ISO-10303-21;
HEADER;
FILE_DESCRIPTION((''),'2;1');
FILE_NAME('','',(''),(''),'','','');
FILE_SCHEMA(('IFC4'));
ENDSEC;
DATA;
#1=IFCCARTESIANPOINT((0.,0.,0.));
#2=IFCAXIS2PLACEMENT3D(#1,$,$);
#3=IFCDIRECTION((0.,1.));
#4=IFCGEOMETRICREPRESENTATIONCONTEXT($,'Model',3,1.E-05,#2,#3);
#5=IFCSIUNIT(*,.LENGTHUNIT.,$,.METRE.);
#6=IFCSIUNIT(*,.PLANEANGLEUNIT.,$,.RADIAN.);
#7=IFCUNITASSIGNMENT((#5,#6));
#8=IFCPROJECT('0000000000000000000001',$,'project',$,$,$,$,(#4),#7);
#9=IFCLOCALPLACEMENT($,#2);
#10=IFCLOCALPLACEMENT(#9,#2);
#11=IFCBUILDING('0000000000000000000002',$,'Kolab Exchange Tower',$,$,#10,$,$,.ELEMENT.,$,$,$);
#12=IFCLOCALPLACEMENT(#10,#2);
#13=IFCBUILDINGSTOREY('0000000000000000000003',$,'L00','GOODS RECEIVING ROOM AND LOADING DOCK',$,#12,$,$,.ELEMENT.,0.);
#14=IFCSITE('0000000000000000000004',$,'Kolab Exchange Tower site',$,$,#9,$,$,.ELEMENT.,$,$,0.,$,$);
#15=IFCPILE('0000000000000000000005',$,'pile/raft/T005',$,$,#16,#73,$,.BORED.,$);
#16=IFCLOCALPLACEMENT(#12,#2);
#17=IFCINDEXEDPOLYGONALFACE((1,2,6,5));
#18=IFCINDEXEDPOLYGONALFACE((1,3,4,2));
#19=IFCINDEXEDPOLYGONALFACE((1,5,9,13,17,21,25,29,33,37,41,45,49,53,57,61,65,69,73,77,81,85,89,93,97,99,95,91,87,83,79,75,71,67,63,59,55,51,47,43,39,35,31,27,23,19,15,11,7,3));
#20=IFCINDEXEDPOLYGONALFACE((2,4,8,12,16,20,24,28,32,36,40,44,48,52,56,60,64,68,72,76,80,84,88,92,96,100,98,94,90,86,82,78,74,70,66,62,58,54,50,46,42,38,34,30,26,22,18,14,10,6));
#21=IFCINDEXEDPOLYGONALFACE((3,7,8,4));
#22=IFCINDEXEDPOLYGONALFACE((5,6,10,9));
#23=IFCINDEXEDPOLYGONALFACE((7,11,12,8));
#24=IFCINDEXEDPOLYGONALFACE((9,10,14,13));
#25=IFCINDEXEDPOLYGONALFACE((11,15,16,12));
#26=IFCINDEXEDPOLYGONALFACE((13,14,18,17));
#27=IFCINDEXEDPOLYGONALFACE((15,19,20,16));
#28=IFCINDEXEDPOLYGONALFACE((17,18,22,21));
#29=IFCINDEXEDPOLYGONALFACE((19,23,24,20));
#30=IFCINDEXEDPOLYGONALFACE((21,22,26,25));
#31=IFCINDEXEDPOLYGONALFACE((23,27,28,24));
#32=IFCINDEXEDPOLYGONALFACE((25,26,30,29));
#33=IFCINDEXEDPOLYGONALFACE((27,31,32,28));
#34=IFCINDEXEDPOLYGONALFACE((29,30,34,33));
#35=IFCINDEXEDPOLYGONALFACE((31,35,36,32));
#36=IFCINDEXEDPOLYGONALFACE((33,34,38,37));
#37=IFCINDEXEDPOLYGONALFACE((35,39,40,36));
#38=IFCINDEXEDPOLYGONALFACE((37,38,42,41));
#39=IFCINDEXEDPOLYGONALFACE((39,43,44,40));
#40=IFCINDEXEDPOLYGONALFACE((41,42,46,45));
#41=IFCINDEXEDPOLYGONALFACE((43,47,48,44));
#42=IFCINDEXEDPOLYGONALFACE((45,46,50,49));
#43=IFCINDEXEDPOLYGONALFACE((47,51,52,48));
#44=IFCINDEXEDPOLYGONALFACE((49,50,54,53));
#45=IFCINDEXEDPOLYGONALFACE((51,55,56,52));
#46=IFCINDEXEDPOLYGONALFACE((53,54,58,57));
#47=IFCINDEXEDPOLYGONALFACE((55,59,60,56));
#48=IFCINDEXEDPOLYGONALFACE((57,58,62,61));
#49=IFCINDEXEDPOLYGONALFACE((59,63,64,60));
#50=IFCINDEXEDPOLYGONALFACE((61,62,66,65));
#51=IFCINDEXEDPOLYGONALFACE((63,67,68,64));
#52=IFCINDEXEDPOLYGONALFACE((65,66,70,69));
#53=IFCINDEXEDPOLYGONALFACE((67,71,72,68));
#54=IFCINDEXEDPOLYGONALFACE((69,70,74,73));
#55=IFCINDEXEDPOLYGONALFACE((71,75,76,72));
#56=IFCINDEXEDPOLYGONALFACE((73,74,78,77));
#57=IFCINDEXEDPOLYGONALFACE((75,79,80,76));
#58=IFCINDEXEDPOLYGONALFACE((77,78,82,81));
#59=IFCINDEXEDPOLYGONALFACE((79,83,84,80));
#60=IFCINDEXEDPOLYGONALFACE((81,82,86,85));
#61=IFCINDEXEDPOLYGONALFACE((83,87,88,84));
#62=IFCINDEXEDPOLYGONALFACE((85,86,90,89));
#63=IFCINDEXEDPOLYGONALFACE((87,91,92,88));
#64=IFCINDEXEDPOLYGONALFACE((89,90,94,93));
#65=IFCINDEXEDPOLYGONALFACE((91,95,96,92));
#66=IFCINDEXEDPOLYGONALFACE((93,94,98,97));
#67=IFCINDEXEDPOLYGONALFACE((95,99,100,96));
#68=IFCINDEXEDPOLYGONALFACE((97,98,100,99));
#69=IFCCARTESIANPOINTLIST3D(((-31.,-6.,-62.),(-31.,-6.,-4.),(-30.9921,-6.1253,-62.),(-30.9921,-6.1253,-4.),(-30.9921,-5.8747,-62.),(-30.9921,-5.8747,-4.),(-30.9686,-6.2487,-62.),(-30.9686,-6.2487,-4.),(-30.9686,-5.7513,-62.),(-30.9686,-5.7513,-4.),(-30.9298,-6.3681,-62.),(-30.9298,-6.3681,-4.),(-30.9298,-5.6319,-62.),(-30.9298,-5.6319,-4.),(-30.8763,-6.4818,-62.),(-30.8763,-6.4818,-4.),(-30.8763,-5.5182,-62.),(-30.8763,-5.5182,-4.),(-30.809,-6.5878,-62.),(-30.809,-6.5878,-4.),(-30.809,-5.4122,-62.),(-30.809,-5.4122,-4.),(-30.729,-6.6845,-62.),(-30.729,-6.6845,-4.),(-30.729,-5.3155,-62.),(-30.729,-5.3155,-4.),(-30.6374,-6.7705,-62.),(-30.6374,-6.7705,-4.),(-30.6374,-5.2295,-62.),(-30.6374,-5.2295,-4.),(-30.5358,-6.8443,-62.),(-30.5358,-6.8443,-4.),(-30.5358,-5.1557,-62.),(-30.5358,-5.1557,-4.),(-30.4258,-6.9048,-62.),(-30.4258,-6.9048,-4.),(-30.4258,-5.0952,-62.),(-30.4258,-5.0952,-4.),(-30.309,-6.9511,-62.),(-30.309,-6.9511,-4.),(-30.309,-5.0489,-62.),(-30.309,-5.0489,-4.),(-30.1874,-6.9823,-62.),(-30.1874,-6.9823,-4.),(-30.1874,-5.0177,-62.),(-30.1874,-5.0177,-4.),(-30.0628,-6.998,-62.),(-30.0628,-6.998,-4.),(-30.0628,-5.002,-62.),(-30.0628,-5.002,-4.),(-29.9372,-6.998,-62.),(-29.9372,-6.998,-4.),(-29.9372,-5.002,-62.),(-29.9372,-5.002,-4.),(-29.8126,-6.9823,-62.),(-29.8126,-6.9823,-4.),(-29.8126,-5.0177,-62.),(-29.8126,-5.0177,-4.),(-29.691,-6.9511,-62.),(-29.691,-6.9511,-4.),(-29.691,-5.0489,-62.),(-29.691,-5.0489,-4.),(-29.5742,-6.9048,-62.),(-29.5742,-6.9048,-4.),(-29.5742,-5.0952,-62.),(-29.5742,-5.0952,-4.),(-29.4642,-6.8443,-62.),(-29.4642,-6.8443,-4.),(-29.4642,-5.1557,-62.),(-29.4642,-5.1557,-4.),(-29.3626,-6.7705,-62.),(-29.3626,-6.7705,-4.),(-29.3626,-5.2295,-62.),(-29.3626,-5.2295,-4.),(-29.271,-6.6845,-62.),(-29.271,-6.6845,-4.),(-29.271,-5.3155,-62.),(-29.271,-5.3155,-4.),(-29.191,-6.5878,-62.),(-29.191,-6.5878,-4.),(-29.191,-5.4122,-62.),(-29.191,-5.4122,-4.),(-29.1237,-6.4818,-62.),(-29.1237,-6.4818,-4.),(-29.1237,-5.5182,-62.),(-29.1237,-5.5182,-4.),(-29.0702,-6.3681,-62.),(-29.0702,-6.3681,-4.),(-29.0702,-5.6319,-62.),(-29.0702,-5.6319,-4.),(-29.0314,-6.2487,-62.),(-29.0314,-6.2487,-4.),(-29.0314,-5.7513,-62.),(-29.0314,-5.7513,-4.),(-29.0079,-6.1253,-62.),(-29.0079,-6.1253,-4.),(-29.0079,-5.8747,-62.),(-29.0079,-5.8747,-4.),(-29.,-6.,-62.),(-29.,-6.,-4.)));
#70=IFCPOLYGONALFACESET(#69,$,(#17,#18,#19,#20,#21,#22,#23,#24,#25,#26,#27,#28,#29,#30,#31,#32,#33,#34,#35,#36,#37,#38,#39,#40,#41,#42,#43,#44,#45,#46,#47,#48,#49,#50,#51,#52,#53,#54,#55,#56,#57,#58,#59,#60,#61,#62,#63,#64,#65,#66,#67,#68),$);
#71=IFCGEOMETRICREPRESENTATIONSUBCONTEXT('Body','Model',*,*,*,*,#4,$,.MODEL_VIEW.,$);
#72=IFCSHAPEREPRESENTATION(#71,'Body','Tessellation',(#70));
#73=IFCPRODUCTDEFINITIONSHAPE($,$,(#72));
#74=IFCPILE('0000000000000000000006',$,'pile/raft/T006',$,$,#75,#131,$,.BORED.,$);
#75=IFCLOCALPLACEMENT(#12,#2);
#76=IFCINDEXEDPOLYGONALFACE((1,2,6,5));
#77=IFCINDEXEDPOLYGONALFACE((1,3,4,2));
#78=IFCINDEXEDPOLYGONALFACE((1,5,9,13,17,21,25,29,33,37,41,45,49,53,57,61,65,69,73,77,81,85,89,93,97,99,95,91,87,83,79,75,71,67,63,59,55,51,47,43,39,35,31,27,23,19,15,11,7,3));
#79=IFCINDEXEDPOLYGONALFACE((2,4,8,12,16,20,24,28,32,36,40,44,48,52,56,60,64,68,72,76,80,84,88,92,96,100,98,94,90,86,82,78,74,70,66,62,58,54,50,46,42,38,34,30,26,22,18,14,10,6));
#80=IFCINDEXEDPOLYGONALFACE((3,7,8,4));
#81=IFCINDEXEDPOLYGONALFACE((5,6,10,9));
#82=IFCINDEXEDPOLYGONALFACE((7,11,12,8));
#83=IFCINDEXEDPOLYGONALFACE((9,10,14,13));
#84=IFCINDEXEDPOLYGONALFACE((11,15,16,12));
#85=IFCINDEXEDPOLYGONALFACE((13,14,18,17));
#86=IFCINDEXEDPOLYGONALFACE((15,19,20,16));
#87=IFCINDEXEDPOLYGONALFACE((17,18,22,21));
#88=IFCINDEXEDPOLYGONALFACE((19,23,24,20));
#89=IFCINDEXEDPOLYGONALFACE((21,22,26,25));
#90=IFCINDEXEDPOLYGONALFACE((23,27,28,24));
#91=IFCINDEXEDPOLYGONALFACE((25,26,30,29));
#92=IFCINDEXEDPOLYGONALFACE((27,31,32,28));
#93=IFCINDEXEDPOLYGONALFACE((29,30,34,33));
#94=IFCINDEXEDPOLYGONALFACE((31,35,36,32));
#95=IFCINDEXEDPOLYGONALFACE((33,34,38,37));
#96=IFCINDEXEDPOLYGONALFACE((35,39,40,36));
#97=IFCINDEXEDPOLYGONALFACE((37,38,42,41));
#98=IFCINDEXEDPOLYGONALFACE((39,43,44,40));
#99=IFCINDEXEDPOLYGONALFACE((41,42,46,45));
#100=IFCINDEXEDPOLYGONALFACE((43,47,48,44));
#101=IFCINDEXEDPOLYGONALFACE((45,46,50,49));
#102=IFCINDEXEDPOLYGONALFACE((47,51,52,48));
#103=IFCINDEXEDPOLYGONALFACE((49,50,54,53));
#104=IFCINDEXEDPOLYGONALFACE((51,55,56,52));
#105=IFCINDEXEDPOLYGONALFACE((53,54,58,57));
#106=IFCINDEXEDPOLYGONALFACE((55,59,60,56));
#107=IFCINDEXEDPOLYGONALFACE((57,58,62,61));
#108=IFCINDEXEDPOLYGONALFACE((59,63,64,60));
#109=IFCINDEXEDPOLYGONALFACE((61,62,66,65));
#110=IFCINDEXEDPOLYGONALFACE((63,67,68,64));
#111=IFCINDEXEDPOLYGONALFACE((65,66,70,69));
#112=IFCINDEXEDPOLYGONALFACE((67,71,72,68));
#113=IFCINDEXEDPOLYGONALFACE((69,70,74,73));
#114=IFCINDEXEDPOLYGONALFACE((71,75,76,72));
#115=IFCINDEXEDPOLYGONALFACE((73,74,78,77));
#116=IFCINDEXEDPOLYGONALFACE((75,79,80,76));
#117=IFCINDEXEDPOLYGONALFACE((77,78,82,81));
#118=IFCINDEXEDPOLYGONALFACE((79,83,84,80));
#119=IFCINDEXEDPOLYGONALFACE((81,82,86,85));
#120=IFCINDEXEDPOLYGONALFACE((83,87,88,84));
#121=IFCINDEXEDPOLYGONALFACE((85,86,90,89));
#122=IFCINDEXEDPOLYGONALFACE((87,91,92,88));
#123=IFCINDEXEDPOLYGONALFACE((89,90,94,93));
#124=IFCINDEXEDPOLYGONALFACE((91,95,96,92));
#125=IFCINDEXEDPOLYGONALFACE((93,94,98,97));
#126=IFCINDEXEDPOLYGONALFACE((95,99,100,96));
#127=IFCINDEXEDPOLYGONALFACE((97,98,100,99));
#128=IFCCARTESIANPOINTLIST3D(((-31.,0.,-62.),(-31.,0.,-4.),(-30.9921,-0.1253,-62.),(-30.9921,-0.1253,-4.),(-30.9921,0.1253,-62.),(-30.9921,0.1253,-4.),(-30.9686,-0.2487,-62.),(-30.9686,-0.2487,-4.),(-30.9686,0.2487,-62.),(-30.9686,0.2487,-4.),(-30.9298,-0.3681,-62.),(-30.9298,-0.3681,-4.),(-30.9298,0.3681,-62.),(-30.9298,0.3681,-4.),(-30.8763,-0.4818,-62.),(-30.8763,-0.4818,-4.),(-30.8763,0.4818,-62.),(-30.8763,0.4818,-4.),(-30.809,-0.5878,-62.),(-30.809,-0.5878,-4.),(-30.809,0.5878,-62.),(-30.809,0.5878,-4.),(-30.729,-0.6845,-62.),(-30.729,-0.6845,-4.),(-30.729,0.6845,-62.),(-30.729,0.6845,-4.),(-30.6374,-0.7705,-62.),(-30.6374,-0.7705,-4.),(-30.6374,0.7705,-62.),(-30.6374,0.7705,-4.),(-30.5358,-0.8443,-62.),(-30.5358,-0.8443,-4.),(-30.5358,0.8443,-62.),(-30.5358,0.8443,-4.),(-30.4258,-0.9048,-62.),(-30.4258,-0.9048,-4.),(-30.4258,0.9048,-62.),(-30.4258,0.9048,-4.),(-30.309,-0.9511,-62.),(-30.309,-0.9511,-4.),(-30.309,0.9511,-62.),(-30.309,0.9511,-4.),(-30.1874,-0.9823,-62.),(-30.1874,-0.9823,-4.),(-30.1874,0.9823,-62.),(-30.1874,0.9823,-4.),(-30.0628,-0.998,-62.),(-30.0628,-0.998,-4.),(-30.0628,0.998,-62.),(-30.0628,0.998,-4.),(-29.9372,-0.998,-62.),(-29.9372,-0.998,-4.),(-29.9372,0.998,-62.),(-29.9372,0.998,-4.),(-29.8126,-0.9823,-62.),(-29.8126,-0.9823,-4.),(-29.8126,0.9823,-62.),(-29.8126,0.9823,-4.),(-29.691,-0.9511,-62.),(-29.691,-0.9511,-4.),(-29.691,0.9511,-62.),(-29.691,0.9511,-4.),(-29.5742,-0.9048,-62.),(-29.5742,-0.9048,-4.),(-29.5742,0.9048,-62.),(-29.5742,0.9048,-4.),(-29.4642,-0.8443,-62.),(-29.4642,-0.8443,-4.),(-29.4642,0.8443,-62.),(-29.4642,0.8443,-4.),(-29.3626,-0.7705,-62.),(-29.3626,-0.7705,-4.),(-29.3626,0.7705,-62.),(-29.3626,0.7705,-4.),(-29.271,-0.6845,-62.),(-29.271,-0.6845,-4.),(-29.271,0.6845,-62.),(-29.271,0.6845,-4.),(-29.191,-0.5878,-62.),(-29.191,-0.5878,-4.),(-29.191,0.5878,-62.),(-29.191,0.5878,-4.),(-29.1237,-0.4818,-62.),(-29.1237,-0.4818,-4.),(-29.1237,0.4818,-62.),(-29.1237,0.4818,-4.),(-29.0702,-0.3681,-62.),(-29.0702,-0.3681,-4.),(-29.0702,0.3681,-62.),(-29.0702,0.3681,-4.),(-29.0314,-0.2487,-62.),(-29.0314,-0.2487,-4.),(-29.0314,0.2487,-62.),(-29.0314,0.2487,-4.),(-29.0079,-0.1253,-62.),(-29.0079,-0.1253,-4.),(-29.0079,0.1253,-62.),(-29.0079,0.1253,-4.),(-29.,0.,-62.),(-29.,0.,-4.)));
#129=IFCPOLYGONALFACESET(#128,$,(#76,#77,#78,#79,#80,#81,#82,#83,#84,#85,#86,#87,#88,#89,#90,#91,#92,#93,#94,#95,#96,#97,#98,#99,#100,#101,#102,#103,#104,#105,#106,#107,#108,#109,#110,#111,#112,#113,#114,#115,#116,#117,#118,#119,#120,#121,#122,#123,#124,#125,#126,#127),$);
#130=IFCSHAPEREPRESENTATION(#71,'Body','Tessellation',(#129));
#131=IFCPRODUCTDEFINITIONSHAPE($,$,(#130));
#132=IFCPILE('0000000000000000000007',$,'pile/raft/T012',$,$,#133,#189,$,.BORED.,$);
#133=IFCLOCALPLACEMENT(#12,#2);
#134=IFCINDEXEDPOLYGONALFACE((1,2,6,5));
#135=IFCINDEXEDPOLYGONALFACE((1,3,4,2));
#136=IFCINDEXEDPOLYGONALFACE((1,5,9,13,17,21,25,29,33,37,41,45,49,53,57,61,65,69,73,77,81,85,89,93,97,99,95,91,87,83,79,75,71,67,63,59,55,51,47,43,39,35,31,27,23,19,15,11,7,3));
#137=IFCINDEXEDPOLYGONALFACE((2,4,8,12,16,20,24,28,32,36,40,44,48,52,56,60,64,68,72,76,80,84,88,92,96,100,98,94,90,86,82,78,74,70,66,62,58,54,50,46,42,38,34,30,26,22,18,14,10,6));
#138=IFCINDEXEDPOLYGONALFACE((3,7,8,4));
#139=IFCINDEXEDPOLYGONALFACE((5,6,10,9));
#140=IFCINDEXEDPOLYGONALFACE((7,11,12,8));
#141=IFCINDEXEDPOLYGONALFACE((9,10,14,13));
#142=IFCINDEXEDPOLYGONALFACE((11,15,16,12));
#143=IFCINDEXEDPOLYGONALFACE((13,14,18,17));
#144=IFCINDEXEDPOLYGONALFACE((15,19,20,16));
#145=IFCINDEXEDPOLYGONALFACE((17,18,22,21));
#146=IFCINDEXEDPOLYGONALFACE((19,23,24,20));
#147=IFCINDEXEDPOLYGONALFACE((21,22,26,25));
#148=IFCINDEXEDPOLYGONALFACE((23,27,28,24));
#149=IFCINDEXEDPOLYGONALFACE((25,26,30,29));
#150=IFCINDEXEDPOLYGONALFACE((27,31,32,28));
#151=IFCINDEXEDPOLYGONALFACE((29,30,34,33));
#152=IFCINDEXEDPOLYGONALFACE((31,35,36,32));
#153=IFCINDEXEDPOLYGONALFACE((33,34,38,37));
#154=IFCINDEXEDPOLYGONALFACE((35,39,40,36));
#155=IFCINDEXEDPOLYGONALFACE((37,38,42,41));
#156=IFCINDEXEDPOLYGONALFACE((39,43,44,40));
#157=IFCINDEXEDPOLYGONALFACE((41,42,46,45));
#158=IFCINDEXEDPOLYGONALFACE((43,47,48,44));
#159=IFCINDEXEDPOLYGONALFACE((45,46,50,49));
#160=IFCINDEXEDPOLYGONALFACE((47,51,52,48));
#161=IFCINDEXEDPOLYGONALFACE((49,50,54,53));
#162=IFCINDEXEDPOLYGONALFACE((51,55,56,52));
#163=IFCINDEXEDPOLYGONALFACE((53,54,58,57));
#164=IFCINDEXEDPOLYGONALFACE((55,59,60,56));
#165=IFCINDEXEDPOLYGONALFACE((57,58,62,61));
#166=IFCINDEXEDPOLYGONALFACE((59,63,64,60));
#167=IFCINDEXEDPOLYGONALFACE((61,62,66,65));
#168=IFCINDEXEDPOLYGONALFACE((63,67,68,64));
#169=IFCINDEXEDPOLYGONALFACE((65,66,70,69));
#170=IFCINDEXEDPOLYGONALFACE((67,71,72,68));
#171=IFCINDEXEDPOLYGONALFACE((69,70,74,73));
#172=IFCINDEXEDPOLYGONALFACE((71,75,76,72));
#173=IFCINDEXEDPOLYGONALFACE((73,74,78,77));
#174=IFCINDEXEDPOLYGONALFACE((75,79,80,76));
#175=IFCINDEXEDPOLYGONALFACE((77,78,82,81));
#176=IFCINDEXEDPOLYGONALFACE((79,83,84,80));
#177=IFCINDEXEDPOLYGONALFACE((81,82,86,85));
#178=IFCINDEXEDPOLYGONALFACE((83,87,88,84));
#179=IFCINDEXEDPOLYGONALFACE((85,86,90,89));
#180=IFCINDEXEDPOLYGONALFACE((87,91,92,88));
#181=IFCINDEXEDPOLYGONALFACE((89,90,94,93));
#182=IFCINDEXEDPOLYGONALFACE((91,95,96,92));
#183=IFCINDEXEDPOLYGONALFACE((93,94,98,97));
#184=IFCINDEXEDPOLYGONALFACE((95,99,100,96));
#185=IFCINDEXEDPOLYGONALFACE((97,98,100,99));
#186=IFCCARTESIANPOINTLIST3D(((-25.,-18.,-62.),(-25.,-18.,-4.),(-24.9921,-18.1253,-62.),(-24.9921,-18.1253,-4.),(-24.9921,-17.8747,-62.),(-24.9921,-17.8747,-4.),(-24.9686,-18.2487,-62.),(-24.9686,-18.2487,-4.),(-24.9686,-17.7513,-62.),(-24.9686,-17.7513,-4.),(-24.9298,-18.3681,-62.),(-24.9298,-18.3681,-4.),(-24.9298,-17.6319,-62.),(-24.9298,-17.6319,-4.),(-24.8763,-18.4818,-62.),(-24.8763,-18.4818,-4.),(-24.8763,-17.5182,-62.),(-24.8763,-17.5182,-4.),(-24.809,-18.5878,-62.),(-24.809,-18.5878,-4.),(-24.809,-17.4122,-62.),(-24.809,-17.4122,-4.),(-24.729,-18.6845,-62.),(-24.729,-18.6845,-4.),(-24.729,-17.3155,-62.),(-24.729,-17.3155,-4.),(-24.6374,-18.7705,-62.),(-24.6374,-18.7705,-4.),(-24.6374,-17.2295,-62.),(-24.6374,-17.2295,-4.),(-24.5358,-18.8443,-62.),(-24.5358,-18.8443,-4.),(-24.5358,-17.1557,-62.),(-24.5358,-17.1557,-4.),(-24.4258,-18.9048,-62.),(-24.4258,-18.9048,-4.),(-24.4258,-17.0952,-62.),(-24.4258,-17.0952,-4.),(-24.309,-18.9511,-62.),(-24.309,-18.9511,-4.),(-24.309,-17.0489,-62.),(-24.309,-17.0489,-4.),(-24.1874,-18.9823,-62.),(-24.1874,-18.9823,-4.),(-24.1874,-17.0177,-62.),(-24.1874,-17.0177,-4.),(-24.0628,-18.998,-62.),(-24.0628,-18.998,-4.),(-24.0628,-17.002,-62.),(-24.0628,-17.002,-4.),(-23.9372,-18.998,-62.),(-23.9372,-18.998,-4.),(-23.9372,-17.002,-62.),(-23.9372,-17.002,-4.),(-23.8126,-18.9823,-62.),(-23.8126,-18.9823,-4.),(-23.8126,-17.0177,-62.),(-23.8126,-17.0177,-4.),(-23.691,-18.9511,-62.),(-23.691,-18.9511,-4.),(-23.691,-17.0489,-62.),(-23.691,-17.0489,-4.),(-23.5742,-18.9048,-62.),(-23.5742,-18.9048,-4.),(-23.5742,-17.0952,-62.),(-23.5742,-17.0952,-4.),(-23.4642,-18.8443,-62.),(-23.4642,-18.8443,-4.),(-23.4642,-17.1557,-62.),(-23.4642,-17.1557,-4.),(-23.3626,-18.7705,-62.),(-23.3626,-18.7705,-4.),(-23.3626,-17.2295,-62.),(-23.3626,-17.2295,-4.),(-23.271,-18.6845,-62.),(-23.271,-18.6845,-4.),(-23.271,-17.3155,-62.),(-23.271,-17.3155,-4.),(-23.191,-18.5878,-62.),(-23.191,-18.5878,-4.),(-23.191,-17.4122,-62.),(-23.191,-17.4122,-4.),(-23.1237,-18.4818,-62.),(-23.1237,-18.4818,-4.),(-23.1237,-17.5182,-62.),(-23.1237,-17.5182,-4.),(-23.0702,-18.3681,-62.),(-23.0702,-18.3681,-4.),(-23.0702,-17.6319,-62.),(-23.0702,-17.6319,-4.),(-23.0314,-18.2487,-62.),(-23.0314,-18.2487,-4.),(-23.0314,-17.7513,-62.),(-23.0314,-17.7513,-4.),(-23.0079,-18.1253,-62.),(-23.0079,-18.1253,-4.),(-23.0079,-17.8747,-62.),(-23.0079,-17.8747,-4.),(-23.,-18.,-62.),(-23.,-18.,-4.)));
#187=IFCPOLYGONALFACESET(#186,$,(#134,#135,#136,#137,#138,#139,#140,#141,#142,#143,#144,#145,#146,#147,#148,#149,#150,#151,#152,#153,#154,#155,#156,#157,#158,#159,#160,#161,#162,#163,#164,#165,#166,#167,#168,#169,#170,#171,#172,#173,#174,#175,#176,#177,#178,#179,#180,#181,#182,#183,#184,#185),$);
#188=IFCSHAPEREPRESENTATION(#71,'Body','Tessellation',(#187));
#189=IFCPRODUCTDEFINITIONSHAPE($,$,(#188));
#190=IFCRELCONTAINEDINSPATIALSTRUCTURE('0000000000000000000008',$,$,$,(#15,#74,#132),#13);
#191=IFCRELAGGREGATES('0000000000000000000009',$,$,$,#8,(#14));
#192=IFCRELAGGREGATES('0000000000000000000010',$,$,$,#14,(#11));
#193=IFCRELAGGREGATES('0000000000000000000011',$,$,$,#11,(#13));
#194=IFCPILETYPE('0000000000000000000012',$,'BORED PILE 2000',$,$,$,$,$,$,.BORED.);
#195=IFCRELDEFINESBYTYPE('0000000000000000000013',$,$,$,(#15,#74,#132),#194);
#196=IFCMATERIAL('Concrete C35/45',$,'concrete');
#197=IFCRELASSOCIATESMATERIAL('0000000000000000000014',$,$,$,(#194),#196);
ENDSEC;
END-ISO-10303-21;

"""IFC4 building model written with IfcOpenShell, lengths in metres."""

from ifc_helpers import new_model, si_unit, direction, frame, origin, origin_2d, place, context, subcontext, project, spatial, circle, extrude, material, material_profile, profile_set, type_object, element, save


model = new_model("IFC4")

# Units and contexts
model_context = context("Model", 3, precision=1e-05, world=origin(), true_north=direction((0.0, 1.0)))
body_context = subcontext(model_context, "Body", "Model", "MODEL_VIEW")
ifc_project = project(units=[si_unit("LENGTHUNIT", "METRE"), si_unit("PLANEANGLEUNIT", "RADIAN")], contexts=[model_context])

# Site, building, storey
site_placement = place(None, origin())
site = spatial("IfcSite", under=ifc_project, at=site_placement, Name="Kolab Exchange Tower site", CompositionType="ELEMENT", RefElevation=0.0)
building_placement = place(site_placement, origin())
building = spatial("IfcBuilding", under=site, at=building_placement, Name="Kolab Exchange Tower", CompositionType="ELEMENT")
storey_placement = place(building_placement, origin())
storey = spatial("IfcBuildingStorey", under=building, at=storey_placement, Name="L00", Description="GOODS RECEIVING ROOM AND LOADING DOCK", CompositionType="ELEMENT", Elevation=0.0)

# Piles
ifc_material_1 = material(Name="Concrete C35/45", Category="concrete")
ifc_material_profile_1 = material_profile(ifc_material_1, circle(Radius=1.0, at=origin_2d()), Name="BP2000")
ifc_profile_set_1 = profile_set([ifc_material_profile_1], Name="Concrete C35/45")
pile_type_1 = type_object("IfcPileType", Name="BORED PILE 2000", PredefinedType="BORED", material=ifc_profile_set_1)
for number, where, z_axis, x_axis, name in (
    (1, (-30.0, -6.0, -4.0), (0.0, 0.0, -1.0), (1.0, 0.0, 0.0), "pile/raft/T005"),
    (2, (-30.0, 0.0, -4.0), (0.0, 0.0, -1.0), (1.0, 0.0, 0.0), "pile/raft/T006"),
    (3, (-24.0, -18.0, -4.0), (0.0, 0.0, -1.0), (1.0, 0.0, 0.0), "pile/raft/T012"),
):
    element("IfcPile", number, at=place(storey_placement, frame(where, z_axis=z_axis, x_axis=x_axis)), inside=storey, type_object=pile_type_1, Name=name, PredefinedType="BORED", context=body_context, shape_type="SweptSolid", body=[
        extrude(circle(Radius=1.0, at=origin_2d()), origin(), (0.0, 0.0, 1.0), 58.0),
    ])

save(model, "model.ifc")
